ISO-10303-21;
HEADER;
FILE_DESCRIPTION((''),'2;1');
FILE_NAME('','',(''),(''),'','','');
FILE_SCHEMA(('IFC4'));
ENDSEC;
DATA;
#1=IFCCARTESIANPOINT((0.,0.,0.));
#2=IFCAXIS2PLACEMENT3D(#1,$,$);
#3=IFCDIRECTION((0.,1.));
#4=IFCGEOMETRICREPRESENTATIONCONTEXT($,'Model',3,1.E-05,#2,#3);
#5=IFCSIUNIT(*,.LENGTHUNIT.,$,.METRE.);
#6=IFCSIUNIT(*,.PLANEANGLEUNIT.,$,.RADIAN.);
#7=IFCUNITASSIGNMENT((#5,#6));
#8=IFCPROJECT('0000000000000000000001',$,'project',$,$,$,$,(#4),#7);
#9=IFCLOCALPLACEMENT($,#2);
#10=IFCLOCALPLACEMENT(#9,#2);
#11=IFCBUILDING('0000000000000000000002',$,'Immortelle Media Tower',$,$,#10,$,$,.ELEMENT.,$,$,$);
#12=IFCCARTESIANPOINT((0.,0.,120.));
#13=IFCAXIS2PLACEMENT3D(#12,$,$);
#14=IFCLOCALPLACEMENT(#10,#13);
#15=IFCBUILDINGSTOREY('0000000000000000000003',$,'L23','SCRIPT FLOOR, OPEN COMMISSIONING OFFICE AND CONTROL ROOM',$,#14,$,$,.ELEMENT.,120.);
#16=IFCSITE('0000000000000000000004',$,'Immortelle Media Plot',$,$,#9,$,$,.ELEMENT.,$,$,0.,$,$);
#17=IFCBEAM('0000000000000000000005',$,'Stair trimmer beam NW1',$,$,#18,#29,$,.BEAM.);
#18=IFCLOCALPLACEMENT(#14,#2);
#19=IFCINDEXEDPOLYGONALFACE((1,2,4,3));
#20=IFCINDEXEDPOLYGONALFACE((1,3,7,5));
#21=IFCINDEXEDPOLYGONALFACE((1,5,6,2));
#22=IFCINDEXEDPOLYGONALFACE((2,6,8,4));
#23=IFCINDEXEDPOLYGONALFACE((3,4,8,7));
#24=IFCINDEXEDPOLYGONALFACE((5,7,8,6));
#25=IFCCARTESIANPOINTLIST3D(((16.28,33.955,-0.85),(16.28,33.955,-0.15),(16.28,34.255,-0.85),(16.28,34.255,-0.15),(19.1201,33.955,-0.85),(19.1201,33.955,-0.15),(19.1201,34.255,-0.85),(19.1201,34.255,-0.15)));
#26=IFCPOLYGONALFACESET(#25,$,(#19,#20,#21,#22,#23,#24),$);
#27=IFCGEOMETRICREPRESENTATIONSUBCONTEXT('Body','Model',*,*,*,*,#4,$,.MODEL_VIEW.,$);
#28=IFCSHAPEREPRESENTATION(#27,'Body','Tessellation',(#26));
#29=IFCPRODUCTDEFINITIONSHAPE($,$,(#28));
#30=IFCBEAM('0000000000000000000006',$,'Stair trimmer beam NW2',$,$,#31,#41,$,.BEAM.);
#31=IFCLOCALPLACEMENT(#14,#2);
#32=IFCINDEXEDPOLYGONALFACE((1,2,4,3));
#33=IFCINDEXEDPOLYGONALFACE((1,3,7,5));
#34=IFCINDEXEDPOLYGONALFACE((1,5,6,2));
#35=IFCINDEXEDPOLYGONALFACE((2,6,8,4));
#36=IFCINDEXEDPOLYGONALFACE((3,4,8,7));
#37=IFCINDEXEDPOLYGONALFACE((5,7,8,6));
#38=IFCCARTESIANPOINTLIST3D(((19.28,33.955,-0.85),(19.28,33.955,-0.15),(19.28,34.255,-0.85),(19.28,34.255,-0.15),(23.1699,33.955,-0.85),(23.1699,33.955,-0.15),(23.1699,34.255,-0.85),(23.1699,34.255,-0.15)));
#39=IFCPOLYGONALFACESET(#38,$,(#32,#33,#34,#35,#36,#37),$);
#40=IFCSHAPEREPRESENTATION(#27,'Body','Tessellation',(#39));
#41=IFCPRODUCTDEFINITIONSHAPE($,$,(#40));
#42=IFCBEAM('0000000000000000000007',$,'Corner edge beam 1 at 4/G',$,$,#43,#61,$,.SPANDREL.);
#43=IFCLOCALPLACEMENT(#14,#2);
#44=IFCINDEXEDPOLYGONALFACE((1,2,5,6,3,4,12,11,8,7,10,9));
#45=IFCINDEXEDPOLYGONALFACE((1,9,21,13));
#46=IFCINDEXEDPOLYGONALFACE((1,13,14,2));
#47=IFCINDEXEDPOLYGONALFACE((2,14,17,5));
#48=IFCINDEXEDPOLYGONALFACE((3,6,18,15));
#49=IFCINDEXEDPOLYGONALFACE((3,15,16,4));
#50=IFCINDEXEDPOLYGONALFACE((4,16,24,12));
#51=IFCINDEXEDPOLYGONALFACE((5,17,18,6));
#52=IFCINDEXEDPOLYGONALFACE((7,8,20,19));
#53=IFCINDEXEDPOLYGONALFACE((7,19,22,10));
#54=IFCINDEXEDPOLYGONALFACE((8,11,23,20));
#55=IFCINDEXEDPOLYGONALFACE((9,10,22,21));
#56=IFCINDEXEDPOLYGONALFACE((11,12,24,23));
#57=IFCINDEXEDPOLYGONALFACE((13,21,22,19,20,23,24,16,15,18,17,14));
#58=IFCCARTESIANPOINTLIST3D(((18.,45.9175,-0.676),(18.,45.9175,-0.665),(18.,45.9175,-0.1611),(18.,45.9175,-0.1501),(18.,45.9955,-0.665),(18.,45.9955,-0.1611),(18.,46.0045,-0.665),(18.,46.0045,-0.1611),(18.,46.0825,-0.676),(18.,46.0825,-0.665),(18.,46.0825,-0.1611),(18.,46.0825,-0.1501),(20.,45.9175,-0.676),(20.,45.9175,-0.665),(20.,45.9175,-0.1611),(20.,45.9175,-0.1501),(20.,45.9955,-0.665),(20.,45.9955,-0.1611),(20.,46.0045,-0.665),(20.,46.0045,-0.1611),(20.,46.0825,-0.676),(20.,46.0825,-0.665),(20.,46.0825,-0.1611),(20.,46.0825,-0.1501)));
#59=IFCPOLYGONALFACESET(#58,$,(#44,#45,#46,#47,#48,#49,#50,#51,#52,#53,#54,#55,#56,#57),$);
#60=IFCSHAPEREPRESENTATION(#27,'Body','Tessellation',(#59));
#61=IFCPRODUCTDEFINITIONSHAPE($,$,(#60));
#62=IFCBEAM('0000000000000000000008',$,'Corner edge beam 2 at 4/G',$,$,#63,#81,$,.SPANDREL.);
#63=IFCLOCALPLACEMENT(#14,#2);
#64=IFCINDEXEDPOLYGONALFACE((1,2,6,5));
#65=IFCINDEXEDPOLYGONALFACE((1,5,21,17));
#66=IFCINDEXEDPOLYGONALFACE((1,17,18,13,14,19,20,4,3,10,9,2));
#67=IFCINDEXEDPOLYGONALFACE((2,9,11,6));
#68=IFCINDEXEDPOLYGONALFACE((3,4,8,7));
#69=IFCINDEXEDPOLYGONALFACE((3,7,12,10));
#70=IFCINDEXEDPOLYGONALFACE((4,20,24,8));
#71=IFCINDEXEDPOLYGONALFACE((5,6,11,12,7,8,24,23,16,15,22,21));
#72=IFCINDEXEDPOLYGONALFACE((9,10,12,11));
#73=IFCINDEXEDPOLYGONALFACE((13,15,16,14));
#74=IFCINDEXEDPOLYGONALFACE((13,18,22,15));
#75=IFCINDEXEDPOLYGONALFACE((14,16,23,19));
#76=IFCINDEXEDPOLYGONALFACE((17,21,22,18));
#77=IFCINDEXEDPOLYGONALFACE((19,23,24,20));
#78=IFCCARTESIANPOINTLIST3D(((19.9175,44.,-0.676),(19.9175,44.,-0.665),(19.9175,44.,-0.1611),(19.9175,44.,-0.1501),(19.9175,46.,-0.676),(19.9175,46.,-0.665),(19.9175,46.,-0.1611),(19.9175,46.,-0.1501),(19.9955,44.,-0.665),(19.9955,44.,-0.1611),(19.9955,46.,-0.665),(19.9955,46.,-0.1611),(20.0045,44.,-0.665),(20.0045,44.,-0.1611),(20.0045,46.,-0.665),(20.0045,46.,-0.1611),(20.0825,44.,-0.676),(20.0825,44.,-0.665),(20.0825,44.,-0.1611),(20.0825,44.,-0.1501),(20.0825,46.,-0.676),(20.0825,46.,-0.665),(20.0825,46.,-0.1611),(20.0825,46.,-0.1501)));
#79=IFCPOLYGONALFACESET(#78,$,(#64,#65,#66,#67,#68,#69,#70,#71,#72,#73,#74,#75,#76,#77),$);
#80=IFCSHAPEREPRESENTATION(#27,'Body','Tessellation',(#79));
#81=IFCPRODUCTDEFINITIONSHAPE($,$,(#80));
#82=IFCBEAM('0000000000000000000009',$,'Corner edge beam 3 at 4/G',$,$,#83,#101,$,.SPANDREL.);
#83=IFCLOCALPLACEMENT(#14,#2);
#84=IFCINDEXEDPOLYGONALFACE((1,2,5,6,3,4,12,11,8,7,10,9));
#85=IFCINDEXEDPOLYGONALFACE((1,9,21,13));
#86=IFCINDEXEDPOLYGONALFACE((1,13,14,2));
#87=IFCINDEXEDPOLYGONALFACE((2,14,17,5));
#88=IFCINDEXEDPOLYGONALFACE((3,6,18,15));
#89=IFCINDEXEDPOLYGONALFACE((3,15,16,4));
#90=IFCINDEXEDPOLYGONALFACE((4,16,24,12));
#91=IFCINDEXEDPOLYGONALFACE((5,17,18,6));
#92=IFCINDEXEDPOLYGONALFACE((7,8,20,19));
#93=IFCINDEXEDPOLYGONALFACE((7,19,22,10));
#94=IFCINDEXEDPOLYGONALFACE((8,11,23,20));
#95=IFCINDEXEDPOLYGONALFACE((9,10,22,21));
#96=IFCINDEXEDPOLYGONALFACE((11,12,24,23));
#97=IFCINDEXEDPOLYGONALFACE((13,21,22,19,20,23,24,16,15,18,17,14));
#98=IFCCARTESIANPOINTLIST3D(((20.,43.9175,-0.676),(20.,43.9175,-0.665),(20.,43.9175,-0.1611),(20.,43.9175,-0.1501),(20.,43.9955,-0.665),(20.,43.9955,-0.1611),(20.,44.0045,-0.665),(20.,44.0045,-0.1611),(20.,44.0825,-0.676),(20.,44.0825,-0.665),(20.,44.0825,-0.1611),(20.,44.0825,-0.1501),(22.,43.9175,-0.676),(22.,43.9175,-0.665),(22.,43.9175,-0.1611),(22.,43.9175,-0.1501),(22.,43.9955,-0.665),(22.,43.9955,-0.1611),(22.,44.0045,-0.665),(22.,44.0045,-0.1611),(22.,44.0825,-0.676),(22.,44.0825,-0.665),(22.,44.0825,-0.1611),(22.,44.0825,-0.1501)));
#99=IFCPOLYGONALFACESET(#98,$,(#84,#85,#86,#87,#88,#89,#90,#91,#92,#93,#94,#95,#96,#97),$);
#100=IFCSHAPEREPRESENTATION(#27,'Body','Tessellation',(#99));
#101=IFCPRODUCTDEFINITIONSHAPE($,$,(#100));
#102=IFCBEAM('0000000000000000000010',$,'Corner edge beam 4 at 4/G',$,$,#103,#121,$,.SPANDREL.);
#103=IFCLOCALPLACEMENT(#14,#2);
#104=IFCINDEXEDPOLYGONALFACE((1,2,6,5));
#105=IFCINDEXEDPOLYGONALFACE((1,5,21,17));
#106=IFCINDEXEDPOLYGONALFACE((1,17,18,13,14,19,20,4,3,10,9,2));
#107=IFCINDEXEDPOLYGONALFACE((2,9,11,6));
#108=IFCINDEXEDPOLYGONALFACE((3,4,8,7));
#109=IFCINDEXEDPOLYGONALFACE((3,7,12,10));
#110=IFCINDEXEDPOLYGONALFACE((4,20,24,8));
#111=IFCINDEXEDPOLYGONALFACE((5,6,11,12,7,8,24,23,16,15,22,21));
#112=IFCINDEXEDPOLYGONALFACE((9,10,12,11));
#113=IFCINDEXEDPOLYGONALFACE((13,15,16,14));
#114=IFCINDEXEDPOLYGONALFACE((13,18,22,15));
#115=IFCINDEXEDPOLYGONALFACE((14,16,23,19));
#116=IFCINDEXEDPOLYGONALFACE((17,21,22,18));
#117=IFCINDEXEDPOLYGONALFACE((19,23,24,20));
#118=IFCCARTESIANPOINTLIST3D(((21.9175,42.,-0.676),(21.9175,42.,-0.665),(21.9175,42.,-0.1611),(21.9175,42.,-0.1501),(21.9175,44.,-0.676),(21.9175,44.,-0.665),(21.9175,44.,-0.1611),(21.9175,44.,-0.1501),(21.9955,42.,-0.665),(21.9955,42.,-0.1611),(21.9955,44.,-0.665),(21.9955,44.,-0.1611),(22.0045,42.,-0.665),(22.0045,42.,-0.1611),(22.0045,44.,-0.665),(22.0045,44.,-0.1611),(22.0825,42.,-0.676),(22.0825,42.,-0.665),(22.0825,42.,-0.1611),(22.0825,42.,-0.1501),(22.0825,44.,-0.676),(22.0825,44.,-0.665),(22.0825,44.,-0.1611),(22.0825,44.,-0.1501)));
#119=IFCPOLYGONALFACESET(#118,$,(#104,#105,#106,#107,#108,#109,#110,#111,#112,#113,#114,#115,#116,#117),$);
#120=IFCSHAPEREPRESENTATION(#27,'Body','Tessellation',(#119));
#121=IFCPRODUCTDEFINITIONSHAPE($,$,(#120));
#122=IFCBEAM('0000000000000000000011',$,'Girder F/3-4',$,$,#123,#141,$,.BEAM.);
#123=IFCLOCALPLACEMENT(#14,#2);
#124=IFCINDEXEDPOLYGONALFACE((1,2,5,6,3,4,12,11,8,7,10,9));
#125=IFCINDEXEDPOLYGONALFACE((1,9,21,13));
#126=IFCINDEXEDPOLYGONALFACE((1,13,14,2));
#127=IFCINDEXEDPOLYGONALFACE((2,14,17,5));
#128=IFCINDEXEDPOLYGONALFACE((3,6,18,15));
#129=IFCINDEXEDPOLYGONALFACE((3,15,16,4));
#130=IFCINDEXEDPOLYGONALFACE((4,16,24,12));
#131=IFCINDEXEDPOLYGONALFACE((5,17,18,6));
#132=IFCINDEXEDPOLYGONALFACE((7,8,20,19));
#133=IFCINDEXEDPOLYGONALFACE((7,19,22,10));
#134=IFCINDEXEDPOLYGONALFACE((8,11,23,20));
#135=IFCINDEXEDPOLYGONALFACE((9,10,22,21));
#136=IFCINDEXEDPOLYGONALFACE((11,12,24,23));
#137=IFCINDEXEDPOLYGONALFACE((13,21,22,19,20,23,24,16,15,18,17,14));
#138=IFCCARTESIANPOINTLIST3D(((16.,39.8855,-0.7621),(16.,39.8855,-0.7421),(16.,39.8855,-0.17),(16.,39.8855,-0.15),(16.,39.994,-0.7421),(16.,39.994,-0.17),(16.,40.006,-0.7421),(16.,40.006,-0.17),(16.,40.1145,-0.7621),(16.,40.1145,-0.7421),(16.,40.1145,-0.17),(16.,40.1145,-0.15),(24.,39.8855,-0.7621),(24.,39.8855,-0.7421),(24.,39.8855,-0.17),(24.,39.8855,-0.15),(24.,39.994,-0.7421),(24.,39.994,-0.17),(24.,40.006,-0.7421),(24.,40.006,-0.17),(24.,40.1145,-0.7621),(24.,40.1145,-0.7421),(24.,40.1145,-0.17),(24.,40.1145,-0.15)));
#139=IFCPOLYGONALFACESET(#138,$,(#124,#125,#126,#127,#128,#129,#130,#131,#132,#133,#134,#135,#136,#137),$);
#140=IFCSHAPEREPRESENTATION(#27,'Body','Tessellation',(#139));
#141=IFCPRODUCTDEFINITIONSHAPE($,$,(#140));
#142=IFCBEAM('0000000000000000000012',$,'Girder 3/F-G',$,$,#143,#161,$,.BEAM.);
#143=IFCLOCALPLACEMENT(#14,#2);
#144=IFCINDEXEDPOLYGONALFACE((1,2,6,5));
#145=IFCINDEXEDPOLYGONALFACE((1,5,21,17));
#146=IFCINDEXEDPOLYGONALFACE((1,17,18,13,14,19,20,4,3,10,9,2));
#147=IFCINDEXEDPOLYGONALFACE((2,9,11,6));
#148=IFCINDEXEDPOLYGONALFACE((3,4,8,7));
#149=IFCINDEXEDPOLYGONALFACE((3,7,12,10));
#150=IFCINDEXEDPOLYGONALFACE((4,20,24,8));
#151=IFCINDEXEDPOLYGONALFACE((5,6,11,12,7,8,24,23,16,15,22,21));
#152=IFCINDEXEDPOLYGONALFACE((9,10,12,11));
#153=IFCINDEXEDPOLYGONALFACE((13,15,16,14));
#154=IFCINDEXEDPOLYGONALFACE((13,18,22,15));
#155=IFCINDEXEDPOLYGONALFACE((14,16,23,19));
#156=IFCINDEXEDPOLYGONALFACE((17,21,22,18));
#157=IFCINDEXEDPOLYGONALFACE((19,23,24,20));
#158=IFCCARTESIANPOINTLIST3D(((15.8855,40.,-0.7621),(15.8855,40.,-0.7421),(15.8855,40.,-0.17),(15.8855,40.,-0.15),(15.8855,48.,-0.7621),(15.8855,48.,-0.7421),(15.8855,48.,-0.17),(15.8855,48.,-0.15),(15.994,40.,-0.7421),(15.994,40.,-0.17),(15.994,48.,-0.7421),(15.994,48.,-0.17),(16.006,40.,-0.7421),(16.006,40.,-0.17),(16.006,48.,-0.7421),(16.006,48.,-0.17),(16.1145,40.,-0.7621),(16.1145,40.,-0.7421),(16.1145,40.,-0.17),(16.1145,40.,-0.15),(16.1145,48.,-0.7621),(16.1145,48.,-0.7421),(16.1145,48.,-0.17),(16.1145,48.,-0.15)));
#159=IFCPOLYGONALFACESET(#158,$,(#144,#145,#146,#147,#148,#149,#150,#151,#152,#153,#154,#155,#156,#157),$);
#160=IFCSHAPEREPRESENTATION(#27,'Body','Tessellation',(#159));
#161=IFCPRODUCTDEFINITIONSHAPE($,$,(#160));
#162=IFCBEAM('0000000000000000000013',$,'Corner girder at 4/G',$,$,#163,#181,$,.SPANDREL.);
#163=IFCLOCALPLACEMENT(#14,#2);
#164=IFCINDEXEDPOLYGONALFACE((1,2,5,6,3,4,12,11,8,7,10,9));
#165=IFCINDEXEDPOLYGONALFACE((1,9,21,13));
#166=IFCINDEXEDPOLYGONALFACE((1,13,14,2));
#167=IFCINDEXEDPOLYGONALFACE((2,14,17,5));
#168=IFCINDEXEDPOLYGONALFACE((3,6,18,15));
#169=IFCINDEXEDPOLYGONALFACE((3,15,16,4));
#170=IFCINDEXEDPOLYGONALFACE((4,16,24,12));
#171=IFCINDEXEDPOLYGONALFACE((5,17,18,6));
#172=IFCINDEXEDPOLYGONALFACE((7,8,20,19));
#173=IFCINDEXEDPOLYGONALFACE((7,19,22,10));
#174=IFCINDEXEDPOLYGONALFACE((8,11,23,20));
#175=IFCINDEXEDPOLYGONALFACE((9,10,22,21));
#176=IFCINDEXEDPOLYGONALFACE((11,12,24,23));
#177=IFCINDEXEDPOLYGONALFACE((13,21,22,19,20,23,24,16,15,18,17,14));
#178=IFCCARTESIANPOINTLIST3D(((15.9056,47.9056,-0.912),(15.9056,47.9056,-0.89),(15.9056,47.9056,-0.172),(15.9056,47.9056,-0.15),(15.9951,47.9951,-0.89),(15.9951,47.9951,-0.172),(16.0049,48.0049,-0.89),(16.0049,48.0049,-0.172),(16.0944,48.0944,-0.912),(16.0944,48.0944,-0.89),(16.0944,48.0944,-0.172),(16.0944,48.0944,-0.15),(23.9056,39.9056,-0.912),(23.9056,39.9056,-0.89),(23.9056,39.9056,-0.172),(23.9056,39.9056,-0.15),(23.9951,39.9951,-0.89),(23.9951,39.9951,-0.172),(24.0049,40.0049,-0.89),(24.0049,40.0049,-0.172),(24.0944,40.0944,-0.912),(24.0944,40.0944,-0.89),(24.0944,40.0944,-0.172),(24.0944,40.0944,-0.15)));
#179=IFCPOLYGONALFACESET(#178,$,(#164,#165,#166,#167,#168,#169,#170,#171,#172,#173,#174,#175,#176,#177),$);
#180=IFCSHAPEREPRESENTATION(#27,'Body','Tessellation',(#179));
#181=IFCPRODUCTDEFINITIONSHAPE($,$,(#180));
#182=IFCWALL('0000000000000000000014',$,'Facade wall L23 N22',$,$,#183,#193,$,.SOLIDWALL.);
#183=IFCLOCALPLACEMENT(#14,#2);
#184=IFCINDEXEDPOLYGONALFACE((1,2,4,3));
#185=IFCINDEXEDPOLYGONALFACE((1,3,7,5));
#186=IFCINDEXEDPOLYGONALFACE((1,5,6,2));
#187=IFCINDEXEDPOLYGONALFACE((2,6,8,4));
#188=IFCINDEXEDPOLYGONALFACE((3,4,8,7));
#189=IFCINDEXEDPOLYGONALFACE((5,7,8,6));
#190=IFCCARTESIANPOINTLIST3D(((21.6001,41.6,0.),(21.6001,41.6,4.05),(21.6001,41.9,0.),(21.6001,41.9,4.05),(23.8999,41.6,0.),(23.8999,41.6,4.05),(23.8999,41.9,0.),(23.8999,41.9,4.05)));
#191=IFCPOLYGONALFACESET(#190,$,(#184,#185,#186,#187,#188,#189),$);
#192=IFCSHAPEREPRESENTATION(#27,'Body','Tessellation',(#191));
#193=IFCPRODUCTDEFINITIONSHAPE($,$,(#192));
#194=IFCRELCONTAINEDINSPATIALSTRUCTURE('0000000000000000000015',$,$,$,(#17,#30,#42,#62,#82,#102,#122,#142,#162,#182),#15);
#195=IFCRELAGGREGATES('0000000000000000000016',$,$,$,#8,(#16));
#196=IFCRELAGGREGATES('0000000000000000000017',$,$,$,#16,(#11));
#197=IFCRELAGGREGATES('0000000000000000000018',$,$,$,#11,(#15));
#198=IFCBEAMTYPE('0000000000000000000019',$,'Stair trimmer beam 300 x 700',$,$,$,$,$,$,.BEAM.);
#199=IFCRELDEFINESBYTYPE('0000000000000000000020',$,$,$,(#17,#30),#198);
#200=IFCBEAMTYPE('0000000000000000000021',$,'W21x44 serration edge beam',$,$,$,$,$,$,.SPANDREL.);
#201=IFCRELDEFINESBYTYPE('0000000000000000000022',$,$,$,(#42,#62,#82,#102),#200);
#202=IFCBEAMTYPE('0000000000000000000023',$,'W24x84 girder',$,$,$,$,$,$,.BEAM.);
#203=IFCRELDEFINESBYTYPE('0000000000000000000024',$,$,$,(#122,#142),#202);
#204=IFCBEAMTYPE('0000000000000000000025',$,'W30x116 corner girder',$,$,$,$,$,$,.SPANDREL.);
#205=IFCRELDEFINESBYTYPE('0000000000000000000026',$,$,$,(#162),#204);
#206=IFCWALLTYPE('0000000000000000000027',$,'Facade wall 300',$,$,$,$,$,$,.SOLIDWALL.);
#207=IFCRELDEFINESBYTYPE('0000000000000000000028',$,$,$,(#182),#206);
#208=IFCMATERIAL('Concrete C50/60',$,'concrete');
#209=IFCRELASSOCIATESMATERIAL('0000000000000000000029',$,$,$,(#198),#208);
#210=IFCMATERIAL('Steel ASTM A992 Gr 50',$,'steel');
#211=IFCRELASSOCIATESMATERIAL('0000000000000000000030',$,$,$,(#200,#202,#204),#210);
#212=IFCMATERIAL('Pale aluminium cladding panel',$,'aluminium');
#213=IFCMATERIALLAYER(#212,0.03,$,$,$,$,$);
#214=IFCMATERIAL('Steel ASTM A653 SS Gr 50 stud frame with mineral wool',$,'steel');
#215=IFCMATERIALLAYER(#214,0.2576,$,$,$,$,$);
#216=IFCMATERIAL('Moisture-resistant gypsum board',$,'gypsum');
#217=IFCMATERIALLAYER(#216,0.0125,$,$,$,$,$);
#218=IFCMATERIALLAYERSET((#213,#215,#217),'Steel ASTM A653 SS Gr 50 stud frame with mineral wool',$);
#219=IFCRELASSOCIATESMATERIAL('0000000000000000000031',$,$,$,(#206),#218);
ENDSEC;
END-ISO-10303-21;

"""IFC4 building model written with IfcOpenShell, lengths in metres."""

from ifc_helpers import new_model, si_unit, direction, frame, frame_2d, origin, origin_2d, place, context, subcontext, project, spatial, rectangle, i_section, extrude, material, layer, layer_set, material_profile, profile_set, type_object, element, save


model = new_model("IFC4")

# Units and contexts
model_context = context("Model", 3, precision=1e-05, world=origin(), true_north=direction((0.0, 1.0)))
body_context = subcontext(model_context, "Body", "Model", "MODEL_VIEW")
ifc_project = project(units=[si_unit("LENGTHUNIT", "METRE"), si_unit("PLANEANGLEUNIT", "RADIAN")], contexts=[model_context])

# Site, building, storey
site_placement = place(None, origin())
site = spatial("IfcSite", under=ifc_project, at=site_placement, Name="Immortelle Media Plot", CompositionType="ELEMENT", RefElevation=0.0)
building_placement = place(site_placement, origin())
building = spatial("IfcBuilding", under=site, at=building_placement, Name="Immortelle Media Tower", CompositionType="ELEMENT")
storey_placement = place(building_placement, frame((0.0, 0.0, 120.0)))
storey = spatial("IfcBuildingStorey", under=building, at=storey_placement, Name="L23", Description="SCRIPT FLOOR, OPEN COMMISSIONING OFFICE AND CONTROL ROOM", CompositionType="ELEMENT", Elevation=120.0)

# Beams
ifc_material_1 = material(Name="Concrete C50/60", Category="concrete")
ifc_material_profile_1 = material_profile(ifc_material_1, rectangle(XDim=0.3, YDim=0.7, at=origin_2d()), Name="RC 300x700")
ifc_profile_set_1 = profile_set([ifc_material_profile_1], Name="Concrete C50/60")
beam_type_1 = type_object("IfcBeamType", Name="Stair trimmer beam 300 x 700", PredefinedType="BEAM", material=ifc_profile_set_1)
beam_1_placement = place(storey_placement, frame((16.28, 34.105, -0.5), z_axis=(1.0, 0.0, 0.0), x_axis=(0.0, 1.0, 0.0)))
element("IfcBeam", 1, at=beam_1_placement, inside=storey, type_object=beam_type_1, Name="Stair trimmer beam NW1", PredefinedType="BEAM", context=body_context, shape_type="SweptSolid", body=[
    extrude(rectangle(XDim=0.3, YDim=0.7, at=origin_2d()), origin(), (0.0, 0.0, 1.0), 2.8401),
])
beam_2_placement = place(storey_placement, frame((19.28, 34.105, -0.5), z_axis=(1.0, 0.0, 0.0), x_axis=(0.0, 1.0, 0.0)))
element("IfcBeam", 2, at=beam_2_placement, inside=storey, type_object=beam_type_1, Name="Stair trimmer beam NW2", PredefinedType="BEAM", context=body_context, shape_type="SweptSolid", body=[
    extrude(rectangle(XDim=0.3, YDim=0.7, at=origin_2d()), origin(), (0.0, 0.0, 1.0), 3.8899),
])
ifc_material_2 = material(Name="Steel ASTM A992 Gr 50", Category="steel")
ifc_material_profile_2 = material_profile(ifc_material_2, i_section(OverallWidth=0.165, OverallDepth=0.5259, WebThickness=0.009, FlangeThickness=0.011, at=origin_2d()), Name="W21x44")
ifc_profile_set_2 = profile_set([ifc_material_profile_2], Name="Steel ASTM A992 Gr 50")
beam_type_2 = type_object("IfcBeamType", Name="W21x44 serration edge beam", PredefinedType="SPANDREL", material=ifc_profile_set_2)
for number, where, z_axis, x_axis, name in (
    (3, (18.0, 46.0, -0.4131), (1.0, 0.0, 0.0), (0.0, 1.0, 0.0), "Corner edge beam 1 at 4/G"),
    (4, (20.0, 46.0, -0.4131), (0.0, -1.0, 0.0), (1.0, 0.0, 0.0), "Corner edge beam 2 at 4/G"),
    (5, (20.0, 44.0, -0.4131), (1.0, 0.0, 0.0), (0.0, 1.0, 0.0), "Corner edge beam 3 at 4/G"),
    (6, (22.0, 44.0, -0.4131), (0.0, -1.0, 0.0), (1.0, 0.0, 0.0), "Corner edge beam 4 at 4/G"),
):
    element("IfcBeam", number, at=place(storey_placement, frame(where, z_axis=z_axis, x_axis=x_axis)), inside=storey, type_object=beam_type_2, Name=name, PredefinedType="SPANDREL", context=body_context, shape_type="SweptSolid", body=[
        extrude(i_section(OverallWidth=0.165, OverallDepth=0.5259, WebThickness=0.009, FlangeThickness=0.011, at=origin_2d()), origin(), (0.0, 0.0, 1.0), 2.0),
    ])
ifc_material_profile_3 = material_profile(ifc_material_2, i_section(OverallWidth=0.229, OverallDepth=0.6121, WebThickness=0.012, FlangeThickness=0.02, at=origin_2d()), Name="W24x84")
ifc_profile_set_3 = profile_set([ifc_material_profile_3], Name="Steel ASTM A992 Gr 50")
beam_type_3 = type_object("IfcBeamType", Name="W24x84 girder", PredefinedType="BEAM", material=ifc_profile_set_3)
for number, where, z_axis, x_axis, name in (
    (7, (16.0, 40.0, -0.4561), (1.0, 0.0, 0.0), (0.0, 1.0, 0.0), "Girder F/3-4"),
    (8, (16.0, 40.0, -0.4561), (0.0, 1.0, 0.0), (-1.0, 0.0, 0.0), "Girder 3/F-G"),
):
    element("IfcBeam", number, at=place(storey_placement, frame(where, z_axis=z_axis, x_axis=x_axis)), inside=storey, type_object=beam_type_3, Name=name, PredefinedType="BEAM", context=body_context, shape_type="SweptSolid", body=[
        extrude(i_section(OverallWidth=0.229, OverallDepth=0.6121, WebThickness=0.012, FlangeThickness=0.02, at=origin_2d()), origin(), (0.0, 0.0, 1.0), 8.0),
    ])
ifc_material_profile_4 = material_profile(ifc_material_2, i_section(OverallWidth=0.2671, OverallDepth=0.762, WebThickness=0.0139, FlangeThickness=0.022, at=origin_2d()), Name="W30x116")
ifc_profile_set_4 = profile_set([ifc_material_profile_4], Name="Steel ASTM A992 Gr 50")
beam_type_4 = type_object("IfcBeamType", Name="W30x116 corner girder", PredefinedType="SPANDREL", material=ifc_profile_set_4)
beam_3_placement = place(storey_placement, frame((16.0, 48.0, -0.531), z_axis=(0.707107, -0.707107, 0.0), x_axis=(0.707107, 0.707107, 0.0)))
element("IfcBeam", 9, at=beam_3_placement, inside=storey, type_object=beam_type_4, Name="Corner girder at 4/G", PredefinedType="SPANDREL", context=body_context, shape_type="SweptSolid", body=[
    extrude(i_section(OverallWidth=0.2671, OverallDepth=0.762, WebThickness=0.0139, FlangeThickness=0.022, at=origin_2d()), origin(), (0.0, 0.0, 1.0), 11.3137),
])

# Wall
ifc_material_3 = material(Name="Pale aluminium cladding panel", Category="aluminium")
ifc_layer_1 = layer(ifc_material_3, 0.03)
ifc_material_4 = material(Name="Steel ASTM A653 SS Gr 50 stud frame with mineral wool", Category="steel")
ifc_layer_2 = layer(ifc_material_4, 0.2576)
ifc_material_5 = material(Name="Moisture-resistant gypsum board", Category="gypsum")
ifc_layer_3 = layer(ifc_material_5, 0.0125)
ifc_layer_set_1 = layer_set([ifc_layer_1, ifc_layer_2, ifc_layer_3], Name="Steel ASTM A653 SS Gr 50 stud frame with mineral wool")
wall_type_1 = type_object("IfcWallType", Name="Facade wall 300", PredefinedType="SOLIDWALL", material=ifc_layer_set_1)
wall_1_placement = place(storey_placement, frame((23.8999, 41.75, 0.0), z_axis=(0.0, 0.0, 1.0), x_axis=(-1.0, 0.0, 0.0)))
element("IfcWall", 10, at=wall_1_placement, inside=storey, type_object=wall_type_1, Name="Facade wall L23 N22", PredefinedType="SOLIDWALL", context=body_context, shape_type="SweptSolid", body=[
    extrude(rectangle(XDim=2.2998, YDim=0.3, at=frame_2d((1.1499, 0.0))), origin(), (0.0, 0.0, 1.0), 4.05),
])

save(model, "model.ifc")
